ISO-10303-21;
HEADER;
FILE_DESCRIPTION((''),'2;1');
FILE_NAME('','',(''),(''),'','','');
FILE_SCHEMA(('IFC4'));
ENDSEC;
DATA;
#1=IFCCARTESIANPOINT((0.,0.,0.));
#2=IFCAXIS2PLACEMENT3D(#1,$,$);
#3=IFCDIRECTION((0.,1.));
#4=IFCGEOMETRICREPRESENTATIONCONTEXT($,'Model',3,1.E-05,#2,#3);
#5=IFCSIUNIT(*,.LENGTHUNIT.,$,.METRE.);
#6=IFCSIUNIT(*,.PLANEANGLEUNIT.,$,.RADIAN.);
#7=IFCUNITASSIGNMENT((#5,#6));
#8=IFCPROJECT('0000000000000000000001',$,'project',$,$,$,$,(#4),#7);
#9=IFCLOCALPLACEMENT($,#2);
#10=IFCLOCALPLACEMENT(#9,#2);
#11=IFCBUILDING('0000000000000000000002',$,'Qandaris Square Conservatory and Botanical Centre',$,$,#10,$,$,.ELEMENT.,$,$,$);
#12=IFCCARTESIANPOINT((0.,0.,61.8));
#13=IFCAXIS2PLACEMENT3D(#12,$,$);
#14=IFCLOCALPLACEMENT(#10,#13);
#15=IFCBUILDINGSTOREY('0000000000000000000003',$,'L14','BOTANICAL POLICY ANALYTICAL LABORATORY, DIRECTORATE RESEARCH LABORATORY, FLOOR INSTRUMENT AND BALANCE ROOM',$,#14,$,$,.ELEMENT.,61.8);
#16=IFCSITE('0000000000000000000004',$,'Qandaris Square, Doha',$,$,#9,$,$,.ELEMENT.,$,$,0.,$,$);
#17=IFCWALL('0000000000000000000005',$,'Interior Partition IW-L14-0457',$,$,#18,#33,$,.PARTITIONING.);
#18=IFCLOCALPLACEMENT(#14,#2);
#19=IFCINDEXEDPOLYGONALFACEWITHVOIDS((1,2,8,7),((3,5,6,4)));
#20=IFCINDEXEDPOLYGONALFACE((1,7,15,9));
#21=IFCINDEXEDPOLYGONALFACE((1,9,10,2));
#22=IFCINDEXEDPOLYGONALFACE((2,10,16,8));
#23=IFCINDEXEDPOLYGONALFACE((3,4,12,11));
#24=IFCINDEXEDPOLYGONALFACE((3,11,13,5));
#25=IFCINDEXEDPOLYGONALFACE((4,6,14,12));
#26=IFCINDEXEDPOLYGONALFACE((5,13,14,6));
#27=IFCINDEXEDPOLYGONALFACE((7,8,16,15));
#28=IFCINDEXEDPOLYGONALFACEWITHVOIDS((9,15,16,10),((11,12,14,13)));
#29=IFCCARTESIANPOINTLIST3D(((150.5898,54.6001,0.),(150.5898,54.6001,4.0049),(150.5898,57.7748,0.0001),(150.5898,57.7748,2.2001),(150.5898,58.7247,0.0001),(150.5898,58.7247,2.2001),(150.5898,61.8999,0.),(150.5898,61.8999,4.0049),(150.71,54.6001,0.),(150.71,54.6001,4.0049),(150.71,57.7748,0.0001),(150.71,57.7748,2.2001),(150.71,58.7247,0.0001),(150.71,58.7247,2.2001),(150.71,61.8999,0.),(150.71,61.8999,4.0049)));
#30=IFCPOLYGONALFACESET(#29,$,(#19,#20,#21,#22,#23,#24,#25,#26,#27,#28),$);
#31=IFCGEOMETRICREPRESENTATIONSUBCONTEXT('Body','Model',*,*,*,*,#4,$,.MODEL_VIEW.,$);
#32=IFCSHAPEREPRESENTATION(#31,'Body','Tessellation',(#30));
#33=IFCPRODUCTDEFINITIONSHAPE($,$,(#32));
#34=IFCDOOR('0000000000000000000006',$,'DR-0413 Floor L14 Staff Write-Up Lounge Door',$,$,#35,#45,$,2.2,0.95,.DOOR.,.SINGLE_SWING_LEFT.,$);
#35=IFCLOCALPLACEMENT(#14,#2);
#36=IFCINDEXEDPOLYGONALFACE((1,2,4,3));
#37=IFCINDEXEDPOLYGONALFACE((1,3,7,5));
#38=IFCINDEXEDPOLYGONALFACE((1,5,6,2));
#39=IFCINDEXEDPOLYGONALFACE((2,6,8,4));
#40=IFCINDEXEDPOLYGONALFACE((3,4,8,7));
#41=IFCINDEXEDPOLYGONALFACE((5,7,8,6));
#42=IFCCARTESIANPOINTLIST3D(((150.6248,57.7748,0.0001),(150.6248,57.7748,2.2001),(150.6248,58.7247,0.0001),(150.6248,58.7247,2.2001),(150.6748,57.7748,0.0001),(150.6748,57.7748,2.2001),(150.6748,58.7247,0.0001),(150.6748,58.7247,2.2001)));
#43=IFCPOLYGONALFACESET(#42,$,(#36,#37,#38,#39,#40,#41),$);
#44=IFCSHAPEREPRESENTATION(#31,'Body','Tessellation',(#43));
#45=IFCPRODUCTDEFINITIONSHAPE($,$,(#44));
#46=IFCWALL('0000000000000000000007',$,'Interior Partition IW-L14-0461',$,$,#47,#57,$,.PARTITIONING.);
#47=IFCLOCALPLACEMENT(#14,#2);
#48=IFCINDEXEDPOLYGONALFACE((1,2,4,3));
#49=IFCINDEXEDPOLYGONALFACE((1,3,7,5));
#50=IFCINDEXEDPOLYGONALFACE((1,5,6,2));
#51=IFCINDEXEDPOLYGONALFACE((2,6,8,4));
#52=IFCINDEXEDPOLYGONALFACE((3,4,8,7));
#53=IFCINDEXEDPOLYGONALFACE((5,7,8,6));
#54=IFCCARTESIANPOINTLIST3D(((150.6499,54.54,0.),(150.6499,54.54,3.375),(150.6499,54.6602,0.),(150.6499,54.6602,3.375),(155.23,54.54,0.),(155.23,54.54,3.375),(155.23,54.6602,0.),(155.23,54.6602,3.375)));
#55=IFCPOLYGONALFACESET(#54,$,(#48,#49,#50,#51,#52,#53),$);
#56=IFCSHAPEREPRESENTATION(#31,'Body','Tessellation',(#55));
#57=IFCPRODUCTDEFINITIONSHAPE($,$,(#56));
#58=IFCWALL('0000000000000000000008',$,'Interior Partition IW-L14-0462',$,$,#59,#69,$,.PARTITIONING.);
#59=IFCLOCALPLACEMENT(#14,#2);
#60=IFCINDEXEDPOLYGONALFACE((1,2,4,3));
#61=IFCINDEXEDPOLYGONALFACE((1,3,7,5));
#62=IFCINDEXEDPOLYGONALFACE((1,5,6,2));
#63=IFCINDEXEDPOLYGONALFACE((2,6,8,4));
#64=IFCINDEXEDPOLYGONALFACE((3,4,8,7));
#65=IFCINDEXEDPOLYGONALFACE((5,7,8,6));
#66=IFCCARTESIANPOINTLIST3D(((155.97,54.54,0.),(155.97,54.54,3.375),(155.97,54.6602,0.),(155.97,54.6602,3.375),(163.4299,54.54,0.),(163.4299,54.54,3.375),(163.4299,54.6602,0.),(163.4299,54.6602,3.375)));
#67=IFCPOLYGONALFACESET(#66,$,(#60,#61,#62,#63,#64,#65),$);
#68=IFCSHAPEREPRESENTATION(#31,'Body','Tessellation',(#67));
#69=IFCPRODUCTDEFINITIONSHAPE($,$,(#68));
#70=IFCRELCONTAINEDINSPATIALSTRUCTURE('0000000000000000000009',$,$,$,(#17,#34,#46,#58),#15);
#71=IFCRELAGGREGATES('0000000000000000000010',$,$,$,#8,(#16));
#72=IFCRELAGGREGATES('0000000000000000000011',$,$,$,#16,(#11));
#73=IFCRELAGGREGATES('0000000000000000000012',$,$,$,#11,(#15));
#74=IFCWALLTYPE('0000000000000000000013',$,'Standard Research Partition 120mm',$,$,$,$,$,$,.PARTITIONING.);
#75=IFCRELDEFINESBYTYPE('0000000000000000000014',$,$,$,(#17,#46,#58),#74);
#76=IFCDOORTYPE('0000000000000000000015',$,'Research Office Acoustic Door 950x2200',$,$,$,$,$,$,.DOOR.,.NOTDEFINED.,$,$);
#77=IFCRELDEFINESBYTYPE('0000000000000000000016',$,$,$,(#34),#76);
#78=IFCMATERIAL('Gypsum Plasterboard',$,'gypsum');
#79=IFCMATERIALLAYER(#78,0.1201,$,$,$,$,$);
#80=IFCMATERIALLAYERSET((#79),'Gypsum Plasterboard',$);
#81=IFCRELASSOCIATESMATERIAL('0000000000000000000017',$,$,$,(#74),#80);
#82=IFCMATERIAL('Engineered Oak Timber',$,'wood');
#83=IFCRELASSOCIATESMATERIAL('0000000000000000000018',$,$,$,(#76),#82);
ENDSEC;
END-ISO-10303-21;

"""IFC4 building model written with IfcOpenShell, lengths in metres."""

from ifc_helpers import new_model, si_unit, direction, frame, frame_2d, origin, place, context, subcontext, project, spatial, rectangle, extrude, material, layer, layer_set, type_object, element, fill, save


model = new_model("IFC4")

# Units and contexts
model_context = context("Model", 3, precision=1e-05, world=origin(), true_north=direction((0.0, 1.0)))
body_context = subcontext(model_context, "Body", "Model", "MODEL_VIEW")
ifc_project = project(units=[si_unit("LENGTHUNIT", "METRE"), si_unit("PLANEANGLEUNIT", "RADIAN")], contexts=[model_context])

# Site, building, storey
site_placement = place(None, origin())
site = spatial("IfcSite", under=ifc_project, at=site_placement, Name="Qandaris Square, Doha", CompositionType="ELEMENT", RefElevation=0.0)
building_placement = place(site_placement, origin())
building = spatial("IfcBuilding", under=site, at=building_placement, Name="Qandaris Square Conservatory and Botanical Centre", CompositionType="ELEMENT")
storey_placement = place(building_placement, frame((0.0, 0.0, 61.8)))
storey = spatial("IfcBuildingStorey", under=building, at=storey_placement, Name="L14", Description="BOTANICAL POLICY ANALYTICAL LABORATORY, DIRECTORATE RESEARCH LABORATORY, FLOOR INSTRUMENT AND BALANCE ROOM", CompositionType="ELEMENT", Elevation=61.8)

# Wall, opening, door
ifc_material_1 = material(Name="Gypsum Plasterboard", Category="gypsum")
ifc_layer_1 = layer(ifc_material_1, 0.1201)
ifc_layer_set_1 = layer_set([ifc_layer_1], Name="Gypsum Plasterboard")
wall_type_1 = type_object("IfcWallType", Name="Standard Research Partition 120mm", PredefinedType="PARTITIONING", material=ifc_layer_set_1)
ifc_material_2 = material(Name="Engineered Oak Timber", Category="wood")
door_type_1 = type_object("IfcDoorType", Name="Research Office Acoustic Door 950x2200", OperationType="NOTDEFINED", PredefinedType="DOOR", material=ifc_material_2)
wall_1_placement = place(storey_placement, frame((150.6499, 61.8999, 0.0), z_axis=(0.0, 0.0, 1.0), x_axis=(0.0, -1.0, 0.0)))
wall_1 = element("IfcWall", 1, at=wall_1_placement, inside=storey, type_object=wall_type_1, Name="Interior Partition IW-L14-0457", PredefinedType="PARTITIONING", context=body_context, shape_type="SweptSolid", body=[
    extrude(rectangle(XDim=7.2998, YDim=0.1201, at=frame_2d((3.6499, 0.0))), origin(), (0.0, 0.0, 1.0), 4.0049),
])
opening_1_placement = place(wall_1_placement, frame((3.175, 0.0, 0.0)))
opening_1 = element("IfcOpeningElement", 2, at=opening_1_placement, cuts=wall_1, PredefinedType="OPENING", context=body_context, shape_type="SweptSolid", body=[
    extrude(rectangle(XDim=0.95, YDim=2.2, at=frame_2d((0.4751, 1.1001))), frame((0.0, 0.072, 0.0), z_axis=(0.0, -1.0, 0.0), x_axis=(1.0, 0.0, 0.0)), (0.0, 0.0, 1.0), 0.144),
])
door_1_placement = place(opening_1_placement, origin())
door_1 = element("IfcDoor", 3, at=door_1_placement, inside=storey, type_object=door_type_1, Name="DR-0413 Floor L14 Staff Write-Up Lounge Door", OperationType="SINGLE_SWING_LEFT", OverallHeight=2.2, OverallWidth=0.95, PredefinedType="DOOR", context=body_context, shape_type="SweptSolid", body=[
    extrude(rectangle(XDim=0.95, YDim=2.2, at=frame_2d((0.4751, 1.1001))), frame((0.0, 0.0249, 0.0), z_axis=(0.0, -1.0, 0.0), x_axis=(1.0, 0.0, 0.0)), (0.0, 0.0, 1.0), 0.05),
])
fill(opening_1, door_1)

# Walls
wall_2_placement = place(storey_placement, frame((150.6499, 54.6001, 0.0), z_axis=(0.0, 0.0, 1.0), x_axis=(1.0, 0.0, 0.0)))
element("IfcWall", 4, at=wall_2_placement, inside=storey, type_object=wall_type_1, Name="Interior Partition IW-L14-0461", PredefinedType="PARTITIONING", context=body_context, shape_type="SweptSolid", body=[
    extrude(rectangle(XDim=4.5801, YDim=0.1201, at=frame_2d((2.29, 0.0))), origin(), (0.0, 0.0, 1.0), 3.375),
])
wall_3_placement = place(storey_placement, frame((155.97, 54.6001, 0.0), z_axis=(0.0, 0.0, 1.0), x_axis=(1.0, 0.0, 0.0)))
element("IfcWall", 5, at=wall_3_placement, inside=storey, type_object=wall_type_1, Name="Interior Partition IW-L14-0462", PredefinedType="PARTITIONING", context=body_context, shape_type="SweptSolid", body=[
    extrude(rectangle(XDim=7.46, YDim=0.1201, at=frame_2d((3.73, 0.0))), origin(), (0.0, 0.0, 1.0), 3.375),
])

save(model, "model.ifc")
